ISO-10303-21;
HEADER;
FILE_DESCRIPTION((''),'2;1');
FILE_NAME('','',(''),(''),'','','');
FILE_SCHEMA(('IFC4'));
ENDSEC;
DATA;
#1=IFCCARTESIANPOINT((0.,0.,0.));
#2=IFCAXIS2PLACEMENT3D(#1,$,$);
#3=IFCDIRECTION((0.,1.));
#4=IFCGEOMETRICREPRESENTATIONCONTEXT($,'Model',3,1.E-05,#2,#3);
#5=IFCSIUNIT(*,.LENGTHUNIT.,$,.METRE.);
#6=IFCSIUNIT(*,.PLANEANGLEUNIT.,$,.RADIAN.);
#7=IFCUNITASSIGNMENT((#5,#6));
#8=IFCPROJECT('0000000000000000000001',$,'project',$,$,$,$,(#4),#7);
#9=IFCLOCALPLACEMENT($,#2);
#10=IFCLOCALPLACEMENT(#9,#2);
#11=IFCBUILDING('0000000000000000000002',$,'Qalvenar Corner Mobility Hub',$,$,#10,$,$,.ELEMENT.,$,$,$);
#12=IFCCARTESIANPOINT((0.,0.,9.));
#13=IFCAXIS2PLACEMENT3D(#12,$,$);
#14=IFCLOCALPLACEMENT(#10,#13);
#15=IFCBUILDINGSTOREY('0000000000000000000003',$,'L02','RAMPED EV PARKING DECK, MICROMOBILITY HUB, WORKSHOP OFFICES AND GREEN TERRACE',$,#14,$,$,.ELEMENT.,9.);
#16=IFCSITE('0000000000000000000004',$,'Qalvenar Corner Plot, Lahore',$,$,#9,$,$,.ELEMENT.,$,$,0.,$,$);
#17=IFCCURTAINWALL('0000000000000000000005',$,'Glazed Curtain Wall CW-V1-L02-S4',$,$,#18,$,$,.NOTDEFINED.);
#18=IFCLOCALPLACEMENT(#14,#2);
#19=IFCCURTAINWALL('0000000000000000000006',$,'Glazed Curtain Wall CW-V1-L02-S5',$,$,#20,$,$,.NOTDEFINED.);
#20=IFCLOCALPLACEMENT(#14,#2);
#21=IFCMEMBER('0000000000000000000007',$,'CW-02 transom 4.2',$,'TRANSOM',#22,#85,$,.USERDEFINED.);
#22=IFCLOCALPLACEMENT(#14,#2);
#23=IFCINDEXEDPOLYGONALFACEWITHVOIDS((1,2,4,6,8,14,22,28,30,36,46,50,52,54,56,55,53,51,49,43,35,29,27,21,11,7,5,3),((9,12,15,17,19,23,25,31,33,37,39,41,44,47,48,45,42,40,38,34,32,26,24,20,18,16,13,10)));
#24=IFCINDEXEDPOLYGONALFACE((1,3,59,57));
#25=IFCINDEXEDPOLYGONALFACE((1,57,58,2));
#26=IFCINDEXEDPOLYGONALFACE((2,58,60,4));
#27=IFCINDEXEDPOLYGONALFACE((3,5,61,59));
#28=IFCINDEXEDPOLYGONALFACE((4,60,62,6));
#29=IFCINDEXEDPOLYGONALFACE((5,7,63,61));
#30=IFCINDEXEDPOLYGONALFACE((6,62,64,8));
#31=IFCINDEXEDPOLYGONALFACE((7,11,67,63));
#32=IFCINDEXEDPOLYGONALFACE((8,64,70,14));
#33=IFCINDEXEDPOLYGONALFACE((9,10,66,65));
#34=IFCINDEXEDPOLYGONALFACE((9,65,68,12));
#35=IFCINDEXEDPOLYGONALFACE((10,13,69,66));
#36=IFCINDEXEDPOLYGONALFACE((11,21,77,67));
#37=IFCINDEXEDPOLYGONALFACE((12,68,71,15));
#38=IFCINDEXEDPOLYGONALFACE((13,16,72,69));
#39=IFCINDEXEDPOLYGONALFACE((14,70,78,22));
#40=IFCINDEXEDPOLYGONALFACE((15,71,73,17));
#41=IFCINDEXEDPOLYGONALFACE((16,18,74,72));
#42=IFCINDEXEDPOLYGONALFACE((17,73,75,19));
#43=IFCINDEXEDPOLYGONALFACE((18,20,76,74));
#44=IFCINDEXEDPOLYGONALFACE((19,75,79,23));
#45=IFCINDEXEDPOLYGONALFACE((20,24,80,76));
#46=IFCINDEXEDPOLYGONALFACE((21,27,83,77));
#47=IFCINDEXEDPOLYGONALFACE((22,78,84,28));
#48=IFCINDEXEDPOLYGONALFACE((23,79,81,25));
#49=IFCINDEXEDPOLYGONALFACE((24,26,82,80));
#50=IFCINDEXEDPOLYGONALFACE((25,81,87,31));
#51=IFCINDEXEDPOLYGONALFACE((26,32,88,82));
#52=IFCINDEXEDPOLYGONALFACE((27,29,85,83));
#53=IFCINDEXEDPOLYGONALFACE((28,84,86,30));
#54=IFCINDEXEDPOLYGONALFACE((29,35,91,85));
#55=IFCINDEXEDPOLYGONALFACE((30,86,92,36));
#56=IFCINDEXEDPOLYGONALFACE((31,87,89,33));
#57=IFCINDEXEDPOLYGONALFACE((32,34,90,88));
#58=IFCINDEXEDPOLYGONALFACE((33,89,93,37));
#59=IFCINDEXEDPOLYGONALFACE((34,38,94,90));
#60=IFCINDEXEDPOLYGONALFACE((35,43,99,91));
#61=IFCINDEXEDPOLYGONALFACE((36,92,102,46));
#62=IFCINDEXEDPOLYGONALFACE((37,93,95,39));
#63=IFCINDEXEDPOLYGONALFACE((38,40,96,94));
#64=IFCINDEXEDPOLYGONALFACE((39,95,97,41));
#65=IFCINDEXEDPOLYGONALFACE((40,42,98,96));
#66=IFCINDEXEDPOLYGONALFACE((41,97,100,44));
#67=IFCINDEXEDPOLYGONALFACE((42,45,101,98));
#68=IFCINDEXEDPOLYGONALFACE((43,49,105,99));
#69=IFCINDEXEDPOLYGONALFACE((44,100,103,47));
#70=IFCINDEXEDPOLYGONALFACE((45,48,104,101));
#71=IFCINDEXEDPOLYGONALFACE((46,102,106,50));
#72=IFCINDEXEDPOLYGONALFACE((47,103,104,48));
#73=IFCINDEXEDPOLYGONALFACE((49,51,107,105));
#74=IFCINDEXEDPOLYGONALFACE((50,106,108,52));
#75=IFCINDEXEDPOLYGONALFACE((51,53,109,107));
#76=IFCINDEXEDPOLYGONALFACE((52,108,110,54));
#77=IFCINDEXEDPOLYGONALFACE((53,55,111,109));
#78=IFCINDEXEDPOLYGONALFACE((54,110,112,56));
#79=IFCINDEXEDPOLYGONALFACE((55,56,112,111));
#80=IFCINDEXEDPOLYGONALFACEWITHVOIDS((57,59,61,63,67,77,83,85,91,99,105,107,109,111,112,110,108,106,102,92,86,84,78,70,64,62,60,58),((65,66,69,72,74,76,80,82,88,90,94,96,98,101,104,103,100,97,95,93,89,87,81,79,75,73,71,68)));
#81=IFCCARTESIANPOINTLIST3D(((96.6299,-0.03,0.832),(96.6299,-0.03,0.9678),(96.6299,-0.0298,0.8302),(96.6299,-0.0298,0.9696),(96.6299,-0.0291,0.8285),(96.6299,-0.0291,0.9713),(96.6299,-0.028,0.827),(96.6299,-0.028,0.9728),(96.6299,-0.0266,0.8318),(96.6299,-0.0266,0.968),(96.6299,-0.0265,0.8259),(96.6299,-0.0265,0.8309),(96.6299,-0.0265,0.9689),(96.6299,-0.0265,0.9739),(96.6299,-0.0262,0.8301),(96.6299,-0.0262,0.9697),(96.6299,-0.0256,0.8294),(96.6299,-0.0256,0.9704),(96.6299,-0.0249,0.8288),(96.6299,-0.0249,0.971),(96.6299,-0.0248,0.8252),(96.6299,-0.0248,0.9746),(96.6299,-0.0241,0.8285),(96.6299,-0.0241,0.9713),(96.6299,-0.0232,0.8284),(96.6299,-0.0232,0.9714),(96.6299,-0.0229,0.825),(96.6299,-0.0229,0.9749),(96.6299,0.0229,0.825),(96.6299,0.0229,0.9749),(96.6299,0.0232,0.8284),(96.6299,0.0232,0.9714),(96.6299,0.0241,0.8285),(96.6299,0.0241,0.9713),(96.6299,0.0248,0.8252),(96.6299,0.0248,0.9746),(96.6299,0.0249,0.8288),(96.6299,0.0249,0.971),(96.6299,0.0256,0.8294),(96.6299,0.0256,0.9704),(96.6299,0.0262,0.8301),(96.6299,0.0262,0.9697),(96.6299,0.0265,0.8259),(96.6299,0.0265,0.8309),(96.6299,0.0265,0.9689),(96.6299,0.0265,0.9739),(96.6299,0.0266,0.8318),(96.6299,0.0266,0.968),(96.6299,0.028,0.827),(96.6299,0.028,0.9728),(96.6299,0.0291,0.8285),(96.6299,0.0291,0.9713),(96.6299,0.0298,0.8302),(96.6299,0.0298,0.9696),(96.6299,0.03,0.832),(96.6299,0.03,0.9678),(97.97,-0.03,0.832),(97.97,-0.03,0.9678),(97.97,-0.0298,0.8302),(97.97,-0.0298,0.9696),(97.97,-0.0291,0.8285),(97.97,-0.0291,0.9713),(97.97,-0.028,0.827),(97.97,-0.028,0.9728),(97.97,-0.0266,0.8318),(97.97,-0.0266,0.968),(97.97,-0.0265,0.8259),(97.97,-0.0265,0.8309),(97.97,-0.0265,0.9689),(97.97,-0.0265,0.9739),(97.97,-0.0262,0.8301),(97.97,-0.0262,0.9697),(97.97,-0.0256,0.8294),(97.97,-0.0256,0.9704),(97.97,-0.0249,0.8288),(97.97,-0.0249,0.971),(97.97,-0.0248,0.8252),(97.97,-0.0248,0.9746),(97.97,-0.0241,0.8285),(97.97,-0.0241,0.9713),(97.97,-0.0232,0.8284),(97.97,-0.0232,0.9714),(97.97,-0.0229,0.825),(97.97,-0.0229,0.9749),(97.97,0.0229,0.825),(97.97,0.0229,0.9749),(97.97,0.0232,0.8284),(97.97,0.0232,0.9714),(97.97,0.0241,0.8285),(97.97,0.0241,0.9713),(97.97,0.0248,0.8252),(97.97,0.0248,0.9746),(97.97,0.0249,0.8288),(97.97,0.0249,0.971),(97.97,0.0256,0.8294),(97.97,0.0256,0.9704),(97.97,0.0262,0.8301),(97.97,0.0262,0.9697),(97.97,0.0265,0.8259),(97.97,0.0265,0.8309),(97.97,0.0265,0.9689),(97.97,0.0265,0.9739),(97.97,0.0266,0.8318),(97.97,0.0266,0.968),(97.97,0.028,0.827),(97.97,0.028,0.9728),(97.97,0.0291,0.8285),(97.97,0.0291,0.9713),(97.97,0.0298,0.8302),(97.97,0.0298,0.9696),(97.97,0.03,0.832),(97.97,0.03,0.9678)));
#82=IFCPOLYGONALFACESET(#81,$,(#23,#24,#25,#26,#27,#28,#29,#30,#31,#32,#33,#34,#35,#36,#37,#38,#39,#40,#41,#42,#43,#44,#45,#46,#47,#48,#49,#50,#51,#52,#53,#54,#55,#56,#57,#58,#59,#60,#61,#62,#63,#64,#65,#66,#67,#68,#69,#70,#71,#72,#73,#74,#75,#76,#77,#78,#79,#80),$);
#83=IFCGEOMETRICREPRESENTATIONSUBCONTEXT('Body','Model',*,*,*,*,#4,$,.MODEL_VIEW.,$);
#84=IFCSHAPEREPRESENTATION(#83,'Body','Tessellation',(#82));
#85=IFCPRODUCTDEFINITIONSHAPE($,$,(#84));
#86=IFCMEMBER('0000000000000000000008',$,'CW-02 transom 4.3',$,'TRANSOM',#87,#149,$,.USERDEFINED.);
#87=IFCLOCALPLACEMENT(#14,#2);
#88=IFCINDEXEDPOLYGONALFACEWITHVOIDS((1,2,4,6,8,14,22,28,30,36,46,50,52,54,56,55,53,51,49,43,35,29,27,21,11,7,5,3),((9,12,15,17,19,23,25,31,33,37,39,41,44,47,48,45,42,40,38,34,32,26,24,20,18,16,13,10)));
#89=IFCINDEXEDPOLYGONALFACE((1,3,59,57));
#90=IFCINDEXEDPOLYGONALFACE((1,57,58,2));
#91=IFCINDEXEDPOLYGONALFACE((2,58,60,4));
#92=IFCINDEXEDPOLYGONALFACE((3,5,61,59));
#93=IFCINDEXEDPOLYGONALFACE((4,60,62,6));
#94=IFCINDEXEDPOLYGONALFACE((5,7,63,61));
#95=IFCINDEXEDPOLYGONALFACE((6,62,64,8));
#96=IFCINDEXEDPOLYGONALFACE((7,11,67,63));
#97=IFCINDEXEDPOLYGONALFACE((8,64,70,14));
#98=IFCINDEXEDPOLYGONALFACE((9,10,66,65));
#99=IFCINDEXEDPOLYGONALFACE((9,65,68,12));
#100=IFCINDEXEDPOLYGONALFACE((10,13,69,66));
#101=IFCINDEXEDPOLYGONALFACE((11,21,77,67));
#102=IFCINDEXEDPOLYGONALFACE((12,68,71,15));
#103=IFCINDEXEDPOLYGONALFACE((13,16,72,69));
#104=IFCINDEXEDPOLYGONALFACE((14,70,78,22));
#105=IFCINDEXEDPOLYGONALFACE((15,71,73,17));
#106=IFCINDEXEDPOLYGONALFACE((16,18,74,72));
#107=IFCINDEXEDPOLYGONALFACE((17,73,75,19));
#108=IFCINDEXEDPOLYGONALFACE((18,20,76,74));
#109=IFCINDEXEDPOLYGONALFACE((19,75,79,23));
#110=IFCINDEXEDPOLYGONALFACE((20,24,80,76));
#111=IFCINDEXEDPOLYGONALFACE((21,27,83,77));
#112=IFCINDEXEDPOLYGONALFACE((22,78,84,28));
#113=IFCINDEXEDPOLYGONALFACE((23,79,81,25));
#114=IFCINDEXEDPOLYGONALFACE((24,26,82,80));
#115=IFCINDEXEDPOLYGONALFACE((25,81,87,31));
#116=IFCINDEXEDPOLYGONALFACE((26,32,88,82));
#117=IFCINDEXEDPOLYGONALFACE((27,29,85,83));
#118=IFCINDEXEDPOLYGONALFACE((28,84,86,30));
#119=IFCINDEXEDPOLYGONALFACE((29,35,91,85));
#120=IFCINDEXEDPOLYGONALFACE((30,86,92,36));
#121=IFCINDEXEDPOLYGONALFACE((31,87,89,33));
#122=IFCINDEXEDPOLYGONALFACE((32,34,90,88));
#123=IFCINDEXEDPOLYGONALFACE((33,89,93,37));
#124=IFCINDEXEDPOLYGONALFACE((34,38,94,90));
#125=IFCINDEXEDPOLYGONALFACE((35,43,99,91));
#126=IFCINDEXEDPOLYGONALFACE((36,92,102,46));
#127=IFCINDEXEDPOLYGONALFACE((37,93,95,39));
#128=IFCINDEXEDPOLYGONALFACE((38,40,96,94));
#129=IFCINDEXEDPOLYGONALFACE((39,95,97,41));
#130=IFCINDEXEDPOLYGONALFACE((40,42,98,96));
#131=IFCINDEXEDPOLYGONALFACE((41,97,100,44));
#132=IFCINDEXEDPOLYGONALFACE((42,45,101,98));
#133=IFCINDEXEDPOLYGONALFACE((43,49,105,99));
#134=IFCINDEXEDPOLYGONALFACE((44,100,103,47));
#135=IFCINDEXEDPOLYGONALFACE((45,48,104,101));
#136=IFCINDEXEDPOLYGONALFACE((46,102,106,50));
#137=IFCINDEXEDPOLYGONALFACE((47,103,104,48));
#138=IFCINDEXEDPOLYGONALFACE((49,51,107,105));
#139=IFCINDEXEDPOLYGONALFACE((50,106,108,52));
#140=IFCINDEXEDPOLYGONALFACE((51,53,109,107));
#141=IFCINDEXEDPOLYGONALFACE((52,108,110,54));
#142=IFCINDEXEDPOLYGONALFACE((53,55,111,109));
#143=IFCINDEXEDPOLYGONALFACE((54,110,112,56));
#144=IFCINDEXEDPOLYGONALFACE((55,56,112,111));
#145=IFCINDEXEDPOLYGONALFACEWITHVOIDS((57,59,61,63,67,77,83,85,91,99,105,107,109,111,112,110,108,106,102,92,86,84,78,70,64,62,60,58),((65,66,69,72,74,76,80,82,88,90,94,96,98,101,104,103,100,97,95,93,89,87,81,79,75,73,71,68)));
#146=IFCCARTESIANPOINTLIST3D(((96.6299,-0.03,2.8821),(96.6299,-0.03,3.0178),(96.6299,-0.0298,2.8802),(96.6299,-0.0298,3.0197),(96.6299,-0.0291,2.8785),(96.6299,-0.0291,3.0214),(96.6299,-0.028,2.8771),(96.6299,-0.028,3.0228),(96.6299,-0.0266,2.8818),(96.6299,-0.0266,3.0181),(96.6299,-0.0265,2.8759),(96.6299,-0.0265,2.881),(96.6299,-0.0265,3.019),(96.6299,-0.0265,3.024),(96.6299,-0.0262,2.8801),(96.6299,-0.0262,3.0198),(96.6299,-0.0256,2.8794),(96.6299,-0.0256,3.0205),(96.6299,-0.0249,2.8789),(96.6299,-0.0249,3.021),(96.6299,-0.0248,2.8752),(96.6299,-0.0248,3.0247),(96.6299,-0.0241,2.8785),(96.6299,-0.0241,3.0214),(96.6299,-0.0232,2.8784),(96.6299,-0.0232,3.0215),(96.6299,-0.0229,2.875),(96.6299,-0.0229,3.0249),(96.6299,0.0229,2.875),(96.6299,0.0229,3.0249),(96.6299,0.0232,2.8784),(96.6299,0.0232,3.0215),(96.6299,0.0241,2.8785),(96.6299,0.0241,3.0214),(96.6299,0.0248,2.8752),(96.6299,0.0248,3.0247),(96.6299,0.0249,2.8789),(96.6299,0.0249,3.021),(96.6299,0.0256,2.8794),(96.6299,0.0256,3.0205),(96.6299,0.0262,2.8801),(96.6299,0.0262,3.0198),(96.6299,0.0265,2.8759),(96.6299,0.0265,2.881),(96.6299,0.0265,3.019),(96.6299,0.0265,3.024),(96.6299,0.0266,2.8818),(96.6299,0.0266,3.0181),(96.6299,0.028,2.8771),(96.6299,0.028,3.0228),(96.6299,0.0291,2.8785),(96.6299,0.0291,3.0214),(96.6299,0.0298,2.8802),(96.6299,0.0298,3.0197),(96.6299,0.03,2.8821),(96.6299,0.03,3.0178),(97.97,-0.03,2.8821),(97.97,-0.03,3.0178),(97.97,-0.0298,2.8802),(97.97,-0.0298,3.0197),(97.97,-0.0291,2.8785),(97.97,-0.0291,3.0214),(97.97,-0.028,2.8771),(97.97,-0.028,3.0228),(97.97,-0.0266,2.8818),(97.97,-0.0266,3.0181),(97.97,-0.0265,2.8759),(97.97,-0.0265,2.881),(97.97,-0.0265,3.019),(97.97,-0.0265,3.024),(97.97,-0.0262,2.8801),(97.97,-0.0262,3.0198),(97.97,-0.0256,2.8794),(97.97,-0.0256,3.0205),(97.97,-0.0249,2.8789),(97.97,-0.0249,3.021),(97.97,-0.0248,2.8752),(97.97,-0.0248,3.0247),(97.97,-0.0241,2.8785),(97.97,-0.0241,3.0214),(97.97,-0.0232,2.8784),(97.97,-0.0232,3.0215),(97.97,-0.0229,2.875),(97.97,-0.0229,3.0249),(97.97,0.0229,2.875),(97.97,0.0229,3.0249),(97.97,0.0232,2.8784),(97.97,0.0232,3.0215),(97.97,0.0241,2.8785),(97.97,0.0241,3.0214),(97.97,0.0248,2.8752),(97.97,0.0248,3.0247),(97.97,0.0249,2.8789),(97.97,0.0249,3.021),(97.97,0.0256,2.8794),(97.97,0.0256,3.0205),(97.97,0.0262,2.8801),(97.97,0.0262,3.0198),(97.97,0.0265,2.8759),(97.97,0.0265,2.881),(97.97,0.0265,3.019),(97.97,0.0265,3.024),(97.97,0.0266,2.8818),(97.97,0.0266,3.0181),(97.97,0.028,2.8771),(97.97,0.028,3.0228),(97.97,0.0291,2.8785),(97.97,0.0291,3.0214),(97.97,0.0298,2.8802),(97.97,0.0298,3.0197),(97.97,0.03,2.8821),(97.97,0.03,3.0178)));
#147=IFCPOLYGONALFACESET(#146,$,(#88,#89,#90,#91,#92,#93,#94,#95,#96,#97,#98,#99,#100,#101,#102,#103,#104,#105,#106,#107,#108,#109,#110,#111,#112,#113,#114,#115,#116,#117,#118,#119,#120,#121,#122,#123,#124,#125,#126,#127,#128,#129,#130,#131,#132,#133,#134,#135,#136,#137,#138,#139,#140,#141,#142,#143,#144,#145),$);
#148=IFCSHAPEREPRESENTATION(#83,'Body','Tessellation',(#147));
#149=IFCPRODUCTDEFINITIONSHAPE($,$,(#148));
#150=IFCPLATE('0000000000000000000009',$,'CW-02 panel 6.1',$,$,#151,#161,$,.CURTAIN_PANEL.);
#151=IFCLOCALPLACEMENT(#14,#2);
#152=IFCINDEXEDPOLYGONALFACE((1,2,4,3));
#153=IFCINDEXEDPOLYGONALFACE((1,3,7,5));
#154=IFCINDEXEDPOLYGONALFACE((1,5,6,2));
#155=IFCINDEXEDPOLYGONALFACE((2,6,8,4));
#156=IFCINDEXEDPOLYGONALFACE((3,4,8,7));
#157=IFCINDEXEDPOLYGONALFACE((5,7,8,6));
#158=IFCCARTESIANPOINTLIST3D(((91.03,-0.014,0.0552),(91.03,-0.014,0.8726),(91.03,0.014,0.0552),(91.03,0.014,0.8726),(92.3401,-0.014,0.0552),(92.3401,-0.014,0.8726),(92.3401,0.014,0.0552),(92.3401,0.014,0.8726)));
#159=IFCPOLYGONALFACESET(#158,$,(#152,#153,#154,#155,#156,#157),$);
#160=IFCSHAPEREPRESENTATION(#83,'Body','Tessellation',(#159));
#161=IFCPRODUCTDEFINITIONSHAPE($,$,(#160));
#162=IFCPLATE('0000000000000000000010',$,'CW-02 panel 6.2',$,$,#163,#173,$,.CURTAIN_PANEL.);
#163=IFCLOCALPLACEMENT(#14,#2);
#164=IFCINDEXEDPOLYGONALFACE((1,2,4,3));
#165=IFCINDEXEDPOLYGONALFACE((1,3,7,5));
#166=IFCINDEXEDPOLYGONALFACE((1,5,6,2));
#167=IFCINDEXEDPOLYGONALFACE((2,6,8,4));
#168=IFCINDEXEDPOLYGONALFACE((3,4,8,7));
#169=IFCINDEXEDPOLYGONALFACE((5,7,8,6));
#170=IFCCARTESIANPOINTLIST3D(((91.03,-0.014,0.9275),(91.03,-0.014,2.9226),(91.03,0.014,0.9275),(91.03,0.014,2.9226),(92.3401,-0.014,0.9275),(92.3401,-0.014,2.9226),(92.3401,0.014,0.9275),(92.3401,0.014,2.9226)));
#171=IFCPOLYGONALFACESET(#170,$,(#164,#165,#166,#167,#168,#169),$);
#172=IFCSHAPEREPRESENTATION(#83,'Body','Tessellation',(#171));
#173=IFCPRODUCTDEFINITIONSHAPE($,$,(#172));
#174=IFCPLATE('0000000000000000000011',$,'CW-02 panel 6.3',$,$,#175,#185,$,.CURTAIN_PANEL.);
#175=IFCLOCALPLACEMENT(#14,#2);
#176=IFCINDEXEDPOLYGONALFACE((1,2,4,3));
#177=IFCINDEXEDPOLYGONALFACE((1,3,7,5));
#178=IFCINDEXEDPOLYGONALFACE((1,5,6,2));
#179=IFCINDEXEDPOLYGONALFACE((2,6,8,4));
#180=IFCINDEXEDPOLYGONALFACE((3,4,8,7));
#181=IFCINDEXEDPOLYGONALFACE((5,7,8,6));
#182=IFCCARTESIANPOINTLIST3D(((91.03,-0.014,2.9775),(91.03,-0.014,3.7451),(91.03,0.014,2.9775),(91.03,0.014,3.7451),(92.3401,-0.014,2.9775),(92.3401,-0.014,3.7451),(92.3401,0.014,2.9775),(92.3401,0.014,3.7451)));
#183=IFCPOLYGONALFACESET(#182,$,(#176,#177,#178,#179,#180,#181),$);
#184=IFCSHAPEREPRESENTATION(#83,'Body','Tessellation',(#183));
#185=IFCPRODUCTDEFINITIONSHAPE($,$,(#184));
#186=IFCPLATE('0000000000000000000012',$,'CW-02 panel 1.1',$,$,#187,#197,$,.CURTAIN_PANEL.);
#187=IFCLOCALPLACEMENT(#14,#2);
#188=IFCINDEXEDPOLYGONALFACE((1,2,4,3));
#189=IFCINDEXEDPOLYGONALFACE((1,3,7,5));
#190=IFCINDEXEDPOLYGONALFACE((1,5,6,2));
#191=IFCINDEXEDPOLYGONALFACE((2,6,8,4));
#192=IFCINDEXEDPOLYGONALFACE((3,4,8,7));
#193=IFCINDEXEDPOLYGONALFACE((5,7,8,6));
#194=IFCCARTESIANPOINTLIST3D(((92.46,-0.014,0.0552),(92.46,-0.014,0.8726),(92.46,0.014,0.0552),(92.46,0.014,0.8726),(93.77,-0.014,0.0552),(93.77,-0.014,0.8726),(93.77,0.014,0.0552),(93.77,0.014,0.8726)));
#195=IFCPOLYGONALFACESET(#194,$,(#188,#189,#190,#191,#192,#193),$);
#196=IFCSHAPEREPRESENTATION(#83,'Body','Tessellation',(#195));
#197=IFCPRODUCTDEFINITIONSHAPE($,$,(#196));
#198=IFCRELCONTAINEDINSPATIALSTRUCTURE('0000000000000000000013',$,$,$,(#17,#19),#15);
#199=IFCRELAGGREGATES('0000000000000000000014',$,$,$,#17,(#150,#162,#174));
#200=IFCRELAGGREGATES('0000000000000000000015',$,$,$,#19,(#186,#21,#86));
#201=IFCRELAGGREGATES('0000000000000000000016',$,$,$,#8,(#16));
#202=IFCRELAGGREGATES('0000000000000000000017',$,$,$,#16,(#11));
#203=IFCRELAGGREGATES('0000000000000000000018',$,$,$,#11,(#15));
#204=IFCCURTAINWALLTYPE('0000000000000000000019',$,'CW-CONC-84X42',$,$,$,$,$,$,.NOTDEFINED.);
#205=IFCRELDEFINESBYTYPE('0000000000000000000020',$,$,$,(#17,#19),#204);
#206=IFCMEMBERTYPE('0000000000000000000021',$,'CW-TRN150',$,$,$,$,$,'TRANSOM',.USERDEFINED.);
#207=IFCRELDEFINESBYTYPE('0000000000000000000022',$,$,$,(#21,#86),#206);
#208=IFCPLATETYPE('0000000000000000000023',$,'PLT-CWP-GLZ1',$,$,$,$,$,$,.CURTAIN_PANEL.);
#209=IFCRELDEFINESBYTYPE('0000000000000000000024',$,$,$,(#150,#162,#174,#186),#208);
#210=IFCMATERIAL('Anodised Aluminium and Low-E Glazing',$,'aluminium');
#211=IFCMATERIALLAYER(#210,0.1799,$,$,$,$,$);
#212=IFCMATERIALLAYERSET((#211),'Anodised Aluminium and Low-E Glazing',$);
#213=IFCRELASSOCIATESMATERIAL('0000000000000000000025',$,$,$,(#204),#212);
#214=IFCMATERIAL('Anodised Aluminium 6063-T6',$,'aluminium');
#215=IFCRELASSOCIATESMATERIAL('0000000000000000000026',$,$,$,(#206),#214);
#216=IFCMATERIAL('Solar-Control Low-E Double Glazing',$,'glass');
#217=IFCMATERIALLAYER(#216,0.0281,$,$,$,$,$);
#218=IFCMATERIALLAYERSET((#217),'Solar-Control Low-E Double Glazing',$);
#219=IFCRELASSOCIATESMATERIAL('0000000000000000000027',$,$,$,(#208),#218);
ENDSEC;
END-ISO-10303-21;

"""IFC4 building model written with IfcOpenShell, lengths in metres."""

from ifc_helpers import new_model, si_unit, direction, frame, origin, origin_2d, place, context, subcontext, project, spatial, rectangle, hollow_rectangle, extrude, material, layer, layer_set, material_profile, profile_set, type_object, element, aggregate, save


model = new_model("IFC4")

# Units and contexts
model_context = context("Model", 3, precision=1e-05, world=origin(), true_north=direction((0.0, 1.0)))
body_context = subcontext(model_context, "Body", "Model", "MODEL_VIEW")
ifc_project = project(units=[si_unit("LENGTHUNIT", "METRE"), si_unit("PLANEANGLEUNIT", "RADIAN")], contexts=[model_context])

# Site, building, storey
site_placement = place(None, origin())
site = spatial("IfcSite", under=ifc_project, at=site_placement, Name="Qalvenar Corner Plot, Lahore", CompositionType="ELEMENT", RefElevation=0.0)
building_placement = place(site_placement, origin())
building = spatial("IfcBuilding", under=site, at=building_placement, Name="Qalvenar Corner Mobility Hub", CompositionType="ELEMENT")
storey_placement = place(building_placement, frame((0.0, 0.0, 9.0)))
storey = spatial("IfcBuildingStorey", under=building, at=storey_placement, Name="L02", Description="RAMPED EV PARKING DECK, MICROMOBILITY HUB, WORKSHOP OFFICES AND GREEN TERRACE", CompositionType="ELEMENT", Elevation=9.0)

# Curtain wall
ifc_material_1 = material(Name="Anodised Aluminium and Low-E Glazing", Category="aluminium")
ifc_layer_1 = layer(ifc_material_1, 0.1799)
ifc_layer_set_1 = layer_set([ifc_layer_1], Name="Anodised Aluminium and Low-E Glazing")
curtain_wall_type = type_object("IfcCurtainWallType", Name="CW-CONC-84X42", PredefinedType="NOTDEFINED", material=ifc_layer_set_1)
curtain_wall_1_placement = place(storey_placement, origin())
curtain_wall_1 = element("IfcCurtainWall", 1, at=curtain_wall_1_placement, inside=storey, type_object=curtain_wall_type, Name="Glazed Curtain Wall CW-V1-L02-S4", PredefinedType="NOTDEFINED")
ifc_material_2 = material(Name="Anodised Aluminium 6063-T6", Category="aluminium")

# Curtain wall, members
curtain_wall_2_placement = place(storey_placement, origin())
curtain_wall_2 = element("IfcCurtainWall", 2, at=curtain_wall_2_placement, inside=storey, type_object=curtain_wall_type, Name="Glazed Curtain Wall CW-V1-L02-S5", PredefinedType="NOTDEFINED")
ifc_material_profile_1 = material_profile(ifc_material_2, hollow_rectangle(XDim=0.0601, YDim=0.1499, WallThickness=0.0034, InnerFilletRadius=0.0034, OuterFilletRadius=0.0071, at=origin_2d()), Name="RHS150x60x3.5")
ifc_profile_set_1 = profile_set([ifc_material_profile_1], Name="Anodised Aluminium 6063-T6")
member_type_1 = type_object("IfcMemberType", Name="CW-TRN150", ElementType="TRANSOM", PredefinedType="USERDEFINED", material=ifc_profile_set_1)
member_1_placement = place(storey_placement, frame((96.6299, 0.0, 0.8999), z_axis=(1.0, 0.0, 0.0), x_axis=(0.0, 1.0, 0.0)))
member_1 = element("IfcMember", 3, at=member_1_placement, type_object=member_type_1, Name="CW-02 transom 4.2", ObjectType="TRANSOM", PredefinedType="USERDEFINED", context=body_context, shape_type="SweptSolid", body=[
    extrude(hollow_rectangle(XDim=0.0601, YDim=0.1499, WallThickness=0.0034, InnerFilletRadius=0.0034, OuterFilletRadius=0.0071, at=origin_2d()), origin(), (0.0, 0.0, 1.0), 1.3401),
])
member_2_placement = place(storey_placement, frame((96.6299, 0.0, 2.95), z_axis=(1.0, 0.0, 0.0), x_axis=(0.0, 1.0, 0.0)))
member_2 = element("IfcMember", 4, at=member_2_placement, type_object=member_type_1, Name="CW-02 transom 4.3", ObjectType="TRANSOM", PredefinedType="USERDEFINED", context=body_context, shape_type="SweptSolid", body=[
    extrude(hollow_rectangle(XDim=0.0601, YDim=0.1499, WallThickness=0.0034, InnerFilletRadius=0.0034, OuterFilletRadius=0.0071, at=origin_2d()), origin(), (0.0, 0.0, 1.0), 1.3401),
])

# Plates
ifc_material_3 = material(Name="Solar-Control Low-E Double Glazing", Category="glass")
ifc_layer_2 = layer(ifc_material_3, 0.0281)
ifc_layer_set_2 = layer_set([ifc_layer_2], Name="Solar-Control Low-E Double Glazing")
plate_type = type_object("IfcPlateType", Name="PLT-CWP-GLZ1", PredefinedType="CURTAIN_PANEL", material=ifc_layer_set_2)
plate_1_placement = place(storey_placement, frame((91.6851, 0.0, 0.0552), z_axis=(0.0, 0.0, 1.0), x_axis=(1.0, 0.0, 0.0)))
plate_1 = element("IfcPlate", 5, at=plate_1_placement, type_object=plate_type, Name="CW-02 panel 6.1", PredefinedType="CURTAIN_PANEL", context=body_context, shape_type="SweptSolid", body=[
    extrude(rectangle(XDim=1.3101, YDim=0.0281, at=origin_2d()), origin(), (0.0, 0.0, 1.0), 0.8174),
])
plate_2_placement = place(storey_placement, frame((91.6851, 0.0, 0.9275), z_axis=(0.0, 0.0, 1.0), x_axis=(1.0, 0.0, 0.0)))
plate_2 = element("IfcPlate", 6, at=plate_2_placement, type_object=plate_type, Name="CW-02 panel 6.2", PredefinedType="CURTAIN_PANEL", context=body_context, shape_type="SweptSolid", body=[
    extrude(rectangle(XDim=1.3101, YDim=0.0281, at=origin_2d()), origin(), (0.0, 0.0, 1.0), 1.9951),
])
plate_3_placement = place(storey_placement, frame((91.6851, 0.0, 2.9775), z_axis=(0.0, 0.0, 1.0), x_axis=(1.0, 0.0, 0.0)))
plate_3 = element("IfcPlate", 7, at=plate_3_placement, type_object=plate_type, Name="CW-02 panel 6.3", PredefinedType="CURTAIN_PANEL", context=body_context, shape_type="SweptSolid", body=[
    extrude(rectangle(XDim=1.3101, YDim=0.0281, at=origin_2d()), origin(), (0.0, 0.0, 1.0), 0.7676),
])
aggregate(curtain_wall_1, [plate_1, plate_2, plate_3])
plate_4_placement = place(storey_placement, frame((93.115, 0.0, 0.0552), z_axis=(0.0, 0.0, 1.0), x_axis=(1.0, 0.0, 0.0)))
plate_4 = element("IfcPlate", 8, at=plate_4_placement, type_object=plate_type, Name="CW-02 panel 1.1", PredefinedType="CURTAIN_PANEL", context=body_context, shape_type="SweptSolid", body=[
    extrude(rectangle(XDim=1.3101, YDim=0.0281, at=origin_2d()), origin(), (0.0, 0.0, 1.0), 0.8174),
])
aggregate(curtain_wall_2, [plate_4, member_1, member_2])

save(model, "model.ifc")
